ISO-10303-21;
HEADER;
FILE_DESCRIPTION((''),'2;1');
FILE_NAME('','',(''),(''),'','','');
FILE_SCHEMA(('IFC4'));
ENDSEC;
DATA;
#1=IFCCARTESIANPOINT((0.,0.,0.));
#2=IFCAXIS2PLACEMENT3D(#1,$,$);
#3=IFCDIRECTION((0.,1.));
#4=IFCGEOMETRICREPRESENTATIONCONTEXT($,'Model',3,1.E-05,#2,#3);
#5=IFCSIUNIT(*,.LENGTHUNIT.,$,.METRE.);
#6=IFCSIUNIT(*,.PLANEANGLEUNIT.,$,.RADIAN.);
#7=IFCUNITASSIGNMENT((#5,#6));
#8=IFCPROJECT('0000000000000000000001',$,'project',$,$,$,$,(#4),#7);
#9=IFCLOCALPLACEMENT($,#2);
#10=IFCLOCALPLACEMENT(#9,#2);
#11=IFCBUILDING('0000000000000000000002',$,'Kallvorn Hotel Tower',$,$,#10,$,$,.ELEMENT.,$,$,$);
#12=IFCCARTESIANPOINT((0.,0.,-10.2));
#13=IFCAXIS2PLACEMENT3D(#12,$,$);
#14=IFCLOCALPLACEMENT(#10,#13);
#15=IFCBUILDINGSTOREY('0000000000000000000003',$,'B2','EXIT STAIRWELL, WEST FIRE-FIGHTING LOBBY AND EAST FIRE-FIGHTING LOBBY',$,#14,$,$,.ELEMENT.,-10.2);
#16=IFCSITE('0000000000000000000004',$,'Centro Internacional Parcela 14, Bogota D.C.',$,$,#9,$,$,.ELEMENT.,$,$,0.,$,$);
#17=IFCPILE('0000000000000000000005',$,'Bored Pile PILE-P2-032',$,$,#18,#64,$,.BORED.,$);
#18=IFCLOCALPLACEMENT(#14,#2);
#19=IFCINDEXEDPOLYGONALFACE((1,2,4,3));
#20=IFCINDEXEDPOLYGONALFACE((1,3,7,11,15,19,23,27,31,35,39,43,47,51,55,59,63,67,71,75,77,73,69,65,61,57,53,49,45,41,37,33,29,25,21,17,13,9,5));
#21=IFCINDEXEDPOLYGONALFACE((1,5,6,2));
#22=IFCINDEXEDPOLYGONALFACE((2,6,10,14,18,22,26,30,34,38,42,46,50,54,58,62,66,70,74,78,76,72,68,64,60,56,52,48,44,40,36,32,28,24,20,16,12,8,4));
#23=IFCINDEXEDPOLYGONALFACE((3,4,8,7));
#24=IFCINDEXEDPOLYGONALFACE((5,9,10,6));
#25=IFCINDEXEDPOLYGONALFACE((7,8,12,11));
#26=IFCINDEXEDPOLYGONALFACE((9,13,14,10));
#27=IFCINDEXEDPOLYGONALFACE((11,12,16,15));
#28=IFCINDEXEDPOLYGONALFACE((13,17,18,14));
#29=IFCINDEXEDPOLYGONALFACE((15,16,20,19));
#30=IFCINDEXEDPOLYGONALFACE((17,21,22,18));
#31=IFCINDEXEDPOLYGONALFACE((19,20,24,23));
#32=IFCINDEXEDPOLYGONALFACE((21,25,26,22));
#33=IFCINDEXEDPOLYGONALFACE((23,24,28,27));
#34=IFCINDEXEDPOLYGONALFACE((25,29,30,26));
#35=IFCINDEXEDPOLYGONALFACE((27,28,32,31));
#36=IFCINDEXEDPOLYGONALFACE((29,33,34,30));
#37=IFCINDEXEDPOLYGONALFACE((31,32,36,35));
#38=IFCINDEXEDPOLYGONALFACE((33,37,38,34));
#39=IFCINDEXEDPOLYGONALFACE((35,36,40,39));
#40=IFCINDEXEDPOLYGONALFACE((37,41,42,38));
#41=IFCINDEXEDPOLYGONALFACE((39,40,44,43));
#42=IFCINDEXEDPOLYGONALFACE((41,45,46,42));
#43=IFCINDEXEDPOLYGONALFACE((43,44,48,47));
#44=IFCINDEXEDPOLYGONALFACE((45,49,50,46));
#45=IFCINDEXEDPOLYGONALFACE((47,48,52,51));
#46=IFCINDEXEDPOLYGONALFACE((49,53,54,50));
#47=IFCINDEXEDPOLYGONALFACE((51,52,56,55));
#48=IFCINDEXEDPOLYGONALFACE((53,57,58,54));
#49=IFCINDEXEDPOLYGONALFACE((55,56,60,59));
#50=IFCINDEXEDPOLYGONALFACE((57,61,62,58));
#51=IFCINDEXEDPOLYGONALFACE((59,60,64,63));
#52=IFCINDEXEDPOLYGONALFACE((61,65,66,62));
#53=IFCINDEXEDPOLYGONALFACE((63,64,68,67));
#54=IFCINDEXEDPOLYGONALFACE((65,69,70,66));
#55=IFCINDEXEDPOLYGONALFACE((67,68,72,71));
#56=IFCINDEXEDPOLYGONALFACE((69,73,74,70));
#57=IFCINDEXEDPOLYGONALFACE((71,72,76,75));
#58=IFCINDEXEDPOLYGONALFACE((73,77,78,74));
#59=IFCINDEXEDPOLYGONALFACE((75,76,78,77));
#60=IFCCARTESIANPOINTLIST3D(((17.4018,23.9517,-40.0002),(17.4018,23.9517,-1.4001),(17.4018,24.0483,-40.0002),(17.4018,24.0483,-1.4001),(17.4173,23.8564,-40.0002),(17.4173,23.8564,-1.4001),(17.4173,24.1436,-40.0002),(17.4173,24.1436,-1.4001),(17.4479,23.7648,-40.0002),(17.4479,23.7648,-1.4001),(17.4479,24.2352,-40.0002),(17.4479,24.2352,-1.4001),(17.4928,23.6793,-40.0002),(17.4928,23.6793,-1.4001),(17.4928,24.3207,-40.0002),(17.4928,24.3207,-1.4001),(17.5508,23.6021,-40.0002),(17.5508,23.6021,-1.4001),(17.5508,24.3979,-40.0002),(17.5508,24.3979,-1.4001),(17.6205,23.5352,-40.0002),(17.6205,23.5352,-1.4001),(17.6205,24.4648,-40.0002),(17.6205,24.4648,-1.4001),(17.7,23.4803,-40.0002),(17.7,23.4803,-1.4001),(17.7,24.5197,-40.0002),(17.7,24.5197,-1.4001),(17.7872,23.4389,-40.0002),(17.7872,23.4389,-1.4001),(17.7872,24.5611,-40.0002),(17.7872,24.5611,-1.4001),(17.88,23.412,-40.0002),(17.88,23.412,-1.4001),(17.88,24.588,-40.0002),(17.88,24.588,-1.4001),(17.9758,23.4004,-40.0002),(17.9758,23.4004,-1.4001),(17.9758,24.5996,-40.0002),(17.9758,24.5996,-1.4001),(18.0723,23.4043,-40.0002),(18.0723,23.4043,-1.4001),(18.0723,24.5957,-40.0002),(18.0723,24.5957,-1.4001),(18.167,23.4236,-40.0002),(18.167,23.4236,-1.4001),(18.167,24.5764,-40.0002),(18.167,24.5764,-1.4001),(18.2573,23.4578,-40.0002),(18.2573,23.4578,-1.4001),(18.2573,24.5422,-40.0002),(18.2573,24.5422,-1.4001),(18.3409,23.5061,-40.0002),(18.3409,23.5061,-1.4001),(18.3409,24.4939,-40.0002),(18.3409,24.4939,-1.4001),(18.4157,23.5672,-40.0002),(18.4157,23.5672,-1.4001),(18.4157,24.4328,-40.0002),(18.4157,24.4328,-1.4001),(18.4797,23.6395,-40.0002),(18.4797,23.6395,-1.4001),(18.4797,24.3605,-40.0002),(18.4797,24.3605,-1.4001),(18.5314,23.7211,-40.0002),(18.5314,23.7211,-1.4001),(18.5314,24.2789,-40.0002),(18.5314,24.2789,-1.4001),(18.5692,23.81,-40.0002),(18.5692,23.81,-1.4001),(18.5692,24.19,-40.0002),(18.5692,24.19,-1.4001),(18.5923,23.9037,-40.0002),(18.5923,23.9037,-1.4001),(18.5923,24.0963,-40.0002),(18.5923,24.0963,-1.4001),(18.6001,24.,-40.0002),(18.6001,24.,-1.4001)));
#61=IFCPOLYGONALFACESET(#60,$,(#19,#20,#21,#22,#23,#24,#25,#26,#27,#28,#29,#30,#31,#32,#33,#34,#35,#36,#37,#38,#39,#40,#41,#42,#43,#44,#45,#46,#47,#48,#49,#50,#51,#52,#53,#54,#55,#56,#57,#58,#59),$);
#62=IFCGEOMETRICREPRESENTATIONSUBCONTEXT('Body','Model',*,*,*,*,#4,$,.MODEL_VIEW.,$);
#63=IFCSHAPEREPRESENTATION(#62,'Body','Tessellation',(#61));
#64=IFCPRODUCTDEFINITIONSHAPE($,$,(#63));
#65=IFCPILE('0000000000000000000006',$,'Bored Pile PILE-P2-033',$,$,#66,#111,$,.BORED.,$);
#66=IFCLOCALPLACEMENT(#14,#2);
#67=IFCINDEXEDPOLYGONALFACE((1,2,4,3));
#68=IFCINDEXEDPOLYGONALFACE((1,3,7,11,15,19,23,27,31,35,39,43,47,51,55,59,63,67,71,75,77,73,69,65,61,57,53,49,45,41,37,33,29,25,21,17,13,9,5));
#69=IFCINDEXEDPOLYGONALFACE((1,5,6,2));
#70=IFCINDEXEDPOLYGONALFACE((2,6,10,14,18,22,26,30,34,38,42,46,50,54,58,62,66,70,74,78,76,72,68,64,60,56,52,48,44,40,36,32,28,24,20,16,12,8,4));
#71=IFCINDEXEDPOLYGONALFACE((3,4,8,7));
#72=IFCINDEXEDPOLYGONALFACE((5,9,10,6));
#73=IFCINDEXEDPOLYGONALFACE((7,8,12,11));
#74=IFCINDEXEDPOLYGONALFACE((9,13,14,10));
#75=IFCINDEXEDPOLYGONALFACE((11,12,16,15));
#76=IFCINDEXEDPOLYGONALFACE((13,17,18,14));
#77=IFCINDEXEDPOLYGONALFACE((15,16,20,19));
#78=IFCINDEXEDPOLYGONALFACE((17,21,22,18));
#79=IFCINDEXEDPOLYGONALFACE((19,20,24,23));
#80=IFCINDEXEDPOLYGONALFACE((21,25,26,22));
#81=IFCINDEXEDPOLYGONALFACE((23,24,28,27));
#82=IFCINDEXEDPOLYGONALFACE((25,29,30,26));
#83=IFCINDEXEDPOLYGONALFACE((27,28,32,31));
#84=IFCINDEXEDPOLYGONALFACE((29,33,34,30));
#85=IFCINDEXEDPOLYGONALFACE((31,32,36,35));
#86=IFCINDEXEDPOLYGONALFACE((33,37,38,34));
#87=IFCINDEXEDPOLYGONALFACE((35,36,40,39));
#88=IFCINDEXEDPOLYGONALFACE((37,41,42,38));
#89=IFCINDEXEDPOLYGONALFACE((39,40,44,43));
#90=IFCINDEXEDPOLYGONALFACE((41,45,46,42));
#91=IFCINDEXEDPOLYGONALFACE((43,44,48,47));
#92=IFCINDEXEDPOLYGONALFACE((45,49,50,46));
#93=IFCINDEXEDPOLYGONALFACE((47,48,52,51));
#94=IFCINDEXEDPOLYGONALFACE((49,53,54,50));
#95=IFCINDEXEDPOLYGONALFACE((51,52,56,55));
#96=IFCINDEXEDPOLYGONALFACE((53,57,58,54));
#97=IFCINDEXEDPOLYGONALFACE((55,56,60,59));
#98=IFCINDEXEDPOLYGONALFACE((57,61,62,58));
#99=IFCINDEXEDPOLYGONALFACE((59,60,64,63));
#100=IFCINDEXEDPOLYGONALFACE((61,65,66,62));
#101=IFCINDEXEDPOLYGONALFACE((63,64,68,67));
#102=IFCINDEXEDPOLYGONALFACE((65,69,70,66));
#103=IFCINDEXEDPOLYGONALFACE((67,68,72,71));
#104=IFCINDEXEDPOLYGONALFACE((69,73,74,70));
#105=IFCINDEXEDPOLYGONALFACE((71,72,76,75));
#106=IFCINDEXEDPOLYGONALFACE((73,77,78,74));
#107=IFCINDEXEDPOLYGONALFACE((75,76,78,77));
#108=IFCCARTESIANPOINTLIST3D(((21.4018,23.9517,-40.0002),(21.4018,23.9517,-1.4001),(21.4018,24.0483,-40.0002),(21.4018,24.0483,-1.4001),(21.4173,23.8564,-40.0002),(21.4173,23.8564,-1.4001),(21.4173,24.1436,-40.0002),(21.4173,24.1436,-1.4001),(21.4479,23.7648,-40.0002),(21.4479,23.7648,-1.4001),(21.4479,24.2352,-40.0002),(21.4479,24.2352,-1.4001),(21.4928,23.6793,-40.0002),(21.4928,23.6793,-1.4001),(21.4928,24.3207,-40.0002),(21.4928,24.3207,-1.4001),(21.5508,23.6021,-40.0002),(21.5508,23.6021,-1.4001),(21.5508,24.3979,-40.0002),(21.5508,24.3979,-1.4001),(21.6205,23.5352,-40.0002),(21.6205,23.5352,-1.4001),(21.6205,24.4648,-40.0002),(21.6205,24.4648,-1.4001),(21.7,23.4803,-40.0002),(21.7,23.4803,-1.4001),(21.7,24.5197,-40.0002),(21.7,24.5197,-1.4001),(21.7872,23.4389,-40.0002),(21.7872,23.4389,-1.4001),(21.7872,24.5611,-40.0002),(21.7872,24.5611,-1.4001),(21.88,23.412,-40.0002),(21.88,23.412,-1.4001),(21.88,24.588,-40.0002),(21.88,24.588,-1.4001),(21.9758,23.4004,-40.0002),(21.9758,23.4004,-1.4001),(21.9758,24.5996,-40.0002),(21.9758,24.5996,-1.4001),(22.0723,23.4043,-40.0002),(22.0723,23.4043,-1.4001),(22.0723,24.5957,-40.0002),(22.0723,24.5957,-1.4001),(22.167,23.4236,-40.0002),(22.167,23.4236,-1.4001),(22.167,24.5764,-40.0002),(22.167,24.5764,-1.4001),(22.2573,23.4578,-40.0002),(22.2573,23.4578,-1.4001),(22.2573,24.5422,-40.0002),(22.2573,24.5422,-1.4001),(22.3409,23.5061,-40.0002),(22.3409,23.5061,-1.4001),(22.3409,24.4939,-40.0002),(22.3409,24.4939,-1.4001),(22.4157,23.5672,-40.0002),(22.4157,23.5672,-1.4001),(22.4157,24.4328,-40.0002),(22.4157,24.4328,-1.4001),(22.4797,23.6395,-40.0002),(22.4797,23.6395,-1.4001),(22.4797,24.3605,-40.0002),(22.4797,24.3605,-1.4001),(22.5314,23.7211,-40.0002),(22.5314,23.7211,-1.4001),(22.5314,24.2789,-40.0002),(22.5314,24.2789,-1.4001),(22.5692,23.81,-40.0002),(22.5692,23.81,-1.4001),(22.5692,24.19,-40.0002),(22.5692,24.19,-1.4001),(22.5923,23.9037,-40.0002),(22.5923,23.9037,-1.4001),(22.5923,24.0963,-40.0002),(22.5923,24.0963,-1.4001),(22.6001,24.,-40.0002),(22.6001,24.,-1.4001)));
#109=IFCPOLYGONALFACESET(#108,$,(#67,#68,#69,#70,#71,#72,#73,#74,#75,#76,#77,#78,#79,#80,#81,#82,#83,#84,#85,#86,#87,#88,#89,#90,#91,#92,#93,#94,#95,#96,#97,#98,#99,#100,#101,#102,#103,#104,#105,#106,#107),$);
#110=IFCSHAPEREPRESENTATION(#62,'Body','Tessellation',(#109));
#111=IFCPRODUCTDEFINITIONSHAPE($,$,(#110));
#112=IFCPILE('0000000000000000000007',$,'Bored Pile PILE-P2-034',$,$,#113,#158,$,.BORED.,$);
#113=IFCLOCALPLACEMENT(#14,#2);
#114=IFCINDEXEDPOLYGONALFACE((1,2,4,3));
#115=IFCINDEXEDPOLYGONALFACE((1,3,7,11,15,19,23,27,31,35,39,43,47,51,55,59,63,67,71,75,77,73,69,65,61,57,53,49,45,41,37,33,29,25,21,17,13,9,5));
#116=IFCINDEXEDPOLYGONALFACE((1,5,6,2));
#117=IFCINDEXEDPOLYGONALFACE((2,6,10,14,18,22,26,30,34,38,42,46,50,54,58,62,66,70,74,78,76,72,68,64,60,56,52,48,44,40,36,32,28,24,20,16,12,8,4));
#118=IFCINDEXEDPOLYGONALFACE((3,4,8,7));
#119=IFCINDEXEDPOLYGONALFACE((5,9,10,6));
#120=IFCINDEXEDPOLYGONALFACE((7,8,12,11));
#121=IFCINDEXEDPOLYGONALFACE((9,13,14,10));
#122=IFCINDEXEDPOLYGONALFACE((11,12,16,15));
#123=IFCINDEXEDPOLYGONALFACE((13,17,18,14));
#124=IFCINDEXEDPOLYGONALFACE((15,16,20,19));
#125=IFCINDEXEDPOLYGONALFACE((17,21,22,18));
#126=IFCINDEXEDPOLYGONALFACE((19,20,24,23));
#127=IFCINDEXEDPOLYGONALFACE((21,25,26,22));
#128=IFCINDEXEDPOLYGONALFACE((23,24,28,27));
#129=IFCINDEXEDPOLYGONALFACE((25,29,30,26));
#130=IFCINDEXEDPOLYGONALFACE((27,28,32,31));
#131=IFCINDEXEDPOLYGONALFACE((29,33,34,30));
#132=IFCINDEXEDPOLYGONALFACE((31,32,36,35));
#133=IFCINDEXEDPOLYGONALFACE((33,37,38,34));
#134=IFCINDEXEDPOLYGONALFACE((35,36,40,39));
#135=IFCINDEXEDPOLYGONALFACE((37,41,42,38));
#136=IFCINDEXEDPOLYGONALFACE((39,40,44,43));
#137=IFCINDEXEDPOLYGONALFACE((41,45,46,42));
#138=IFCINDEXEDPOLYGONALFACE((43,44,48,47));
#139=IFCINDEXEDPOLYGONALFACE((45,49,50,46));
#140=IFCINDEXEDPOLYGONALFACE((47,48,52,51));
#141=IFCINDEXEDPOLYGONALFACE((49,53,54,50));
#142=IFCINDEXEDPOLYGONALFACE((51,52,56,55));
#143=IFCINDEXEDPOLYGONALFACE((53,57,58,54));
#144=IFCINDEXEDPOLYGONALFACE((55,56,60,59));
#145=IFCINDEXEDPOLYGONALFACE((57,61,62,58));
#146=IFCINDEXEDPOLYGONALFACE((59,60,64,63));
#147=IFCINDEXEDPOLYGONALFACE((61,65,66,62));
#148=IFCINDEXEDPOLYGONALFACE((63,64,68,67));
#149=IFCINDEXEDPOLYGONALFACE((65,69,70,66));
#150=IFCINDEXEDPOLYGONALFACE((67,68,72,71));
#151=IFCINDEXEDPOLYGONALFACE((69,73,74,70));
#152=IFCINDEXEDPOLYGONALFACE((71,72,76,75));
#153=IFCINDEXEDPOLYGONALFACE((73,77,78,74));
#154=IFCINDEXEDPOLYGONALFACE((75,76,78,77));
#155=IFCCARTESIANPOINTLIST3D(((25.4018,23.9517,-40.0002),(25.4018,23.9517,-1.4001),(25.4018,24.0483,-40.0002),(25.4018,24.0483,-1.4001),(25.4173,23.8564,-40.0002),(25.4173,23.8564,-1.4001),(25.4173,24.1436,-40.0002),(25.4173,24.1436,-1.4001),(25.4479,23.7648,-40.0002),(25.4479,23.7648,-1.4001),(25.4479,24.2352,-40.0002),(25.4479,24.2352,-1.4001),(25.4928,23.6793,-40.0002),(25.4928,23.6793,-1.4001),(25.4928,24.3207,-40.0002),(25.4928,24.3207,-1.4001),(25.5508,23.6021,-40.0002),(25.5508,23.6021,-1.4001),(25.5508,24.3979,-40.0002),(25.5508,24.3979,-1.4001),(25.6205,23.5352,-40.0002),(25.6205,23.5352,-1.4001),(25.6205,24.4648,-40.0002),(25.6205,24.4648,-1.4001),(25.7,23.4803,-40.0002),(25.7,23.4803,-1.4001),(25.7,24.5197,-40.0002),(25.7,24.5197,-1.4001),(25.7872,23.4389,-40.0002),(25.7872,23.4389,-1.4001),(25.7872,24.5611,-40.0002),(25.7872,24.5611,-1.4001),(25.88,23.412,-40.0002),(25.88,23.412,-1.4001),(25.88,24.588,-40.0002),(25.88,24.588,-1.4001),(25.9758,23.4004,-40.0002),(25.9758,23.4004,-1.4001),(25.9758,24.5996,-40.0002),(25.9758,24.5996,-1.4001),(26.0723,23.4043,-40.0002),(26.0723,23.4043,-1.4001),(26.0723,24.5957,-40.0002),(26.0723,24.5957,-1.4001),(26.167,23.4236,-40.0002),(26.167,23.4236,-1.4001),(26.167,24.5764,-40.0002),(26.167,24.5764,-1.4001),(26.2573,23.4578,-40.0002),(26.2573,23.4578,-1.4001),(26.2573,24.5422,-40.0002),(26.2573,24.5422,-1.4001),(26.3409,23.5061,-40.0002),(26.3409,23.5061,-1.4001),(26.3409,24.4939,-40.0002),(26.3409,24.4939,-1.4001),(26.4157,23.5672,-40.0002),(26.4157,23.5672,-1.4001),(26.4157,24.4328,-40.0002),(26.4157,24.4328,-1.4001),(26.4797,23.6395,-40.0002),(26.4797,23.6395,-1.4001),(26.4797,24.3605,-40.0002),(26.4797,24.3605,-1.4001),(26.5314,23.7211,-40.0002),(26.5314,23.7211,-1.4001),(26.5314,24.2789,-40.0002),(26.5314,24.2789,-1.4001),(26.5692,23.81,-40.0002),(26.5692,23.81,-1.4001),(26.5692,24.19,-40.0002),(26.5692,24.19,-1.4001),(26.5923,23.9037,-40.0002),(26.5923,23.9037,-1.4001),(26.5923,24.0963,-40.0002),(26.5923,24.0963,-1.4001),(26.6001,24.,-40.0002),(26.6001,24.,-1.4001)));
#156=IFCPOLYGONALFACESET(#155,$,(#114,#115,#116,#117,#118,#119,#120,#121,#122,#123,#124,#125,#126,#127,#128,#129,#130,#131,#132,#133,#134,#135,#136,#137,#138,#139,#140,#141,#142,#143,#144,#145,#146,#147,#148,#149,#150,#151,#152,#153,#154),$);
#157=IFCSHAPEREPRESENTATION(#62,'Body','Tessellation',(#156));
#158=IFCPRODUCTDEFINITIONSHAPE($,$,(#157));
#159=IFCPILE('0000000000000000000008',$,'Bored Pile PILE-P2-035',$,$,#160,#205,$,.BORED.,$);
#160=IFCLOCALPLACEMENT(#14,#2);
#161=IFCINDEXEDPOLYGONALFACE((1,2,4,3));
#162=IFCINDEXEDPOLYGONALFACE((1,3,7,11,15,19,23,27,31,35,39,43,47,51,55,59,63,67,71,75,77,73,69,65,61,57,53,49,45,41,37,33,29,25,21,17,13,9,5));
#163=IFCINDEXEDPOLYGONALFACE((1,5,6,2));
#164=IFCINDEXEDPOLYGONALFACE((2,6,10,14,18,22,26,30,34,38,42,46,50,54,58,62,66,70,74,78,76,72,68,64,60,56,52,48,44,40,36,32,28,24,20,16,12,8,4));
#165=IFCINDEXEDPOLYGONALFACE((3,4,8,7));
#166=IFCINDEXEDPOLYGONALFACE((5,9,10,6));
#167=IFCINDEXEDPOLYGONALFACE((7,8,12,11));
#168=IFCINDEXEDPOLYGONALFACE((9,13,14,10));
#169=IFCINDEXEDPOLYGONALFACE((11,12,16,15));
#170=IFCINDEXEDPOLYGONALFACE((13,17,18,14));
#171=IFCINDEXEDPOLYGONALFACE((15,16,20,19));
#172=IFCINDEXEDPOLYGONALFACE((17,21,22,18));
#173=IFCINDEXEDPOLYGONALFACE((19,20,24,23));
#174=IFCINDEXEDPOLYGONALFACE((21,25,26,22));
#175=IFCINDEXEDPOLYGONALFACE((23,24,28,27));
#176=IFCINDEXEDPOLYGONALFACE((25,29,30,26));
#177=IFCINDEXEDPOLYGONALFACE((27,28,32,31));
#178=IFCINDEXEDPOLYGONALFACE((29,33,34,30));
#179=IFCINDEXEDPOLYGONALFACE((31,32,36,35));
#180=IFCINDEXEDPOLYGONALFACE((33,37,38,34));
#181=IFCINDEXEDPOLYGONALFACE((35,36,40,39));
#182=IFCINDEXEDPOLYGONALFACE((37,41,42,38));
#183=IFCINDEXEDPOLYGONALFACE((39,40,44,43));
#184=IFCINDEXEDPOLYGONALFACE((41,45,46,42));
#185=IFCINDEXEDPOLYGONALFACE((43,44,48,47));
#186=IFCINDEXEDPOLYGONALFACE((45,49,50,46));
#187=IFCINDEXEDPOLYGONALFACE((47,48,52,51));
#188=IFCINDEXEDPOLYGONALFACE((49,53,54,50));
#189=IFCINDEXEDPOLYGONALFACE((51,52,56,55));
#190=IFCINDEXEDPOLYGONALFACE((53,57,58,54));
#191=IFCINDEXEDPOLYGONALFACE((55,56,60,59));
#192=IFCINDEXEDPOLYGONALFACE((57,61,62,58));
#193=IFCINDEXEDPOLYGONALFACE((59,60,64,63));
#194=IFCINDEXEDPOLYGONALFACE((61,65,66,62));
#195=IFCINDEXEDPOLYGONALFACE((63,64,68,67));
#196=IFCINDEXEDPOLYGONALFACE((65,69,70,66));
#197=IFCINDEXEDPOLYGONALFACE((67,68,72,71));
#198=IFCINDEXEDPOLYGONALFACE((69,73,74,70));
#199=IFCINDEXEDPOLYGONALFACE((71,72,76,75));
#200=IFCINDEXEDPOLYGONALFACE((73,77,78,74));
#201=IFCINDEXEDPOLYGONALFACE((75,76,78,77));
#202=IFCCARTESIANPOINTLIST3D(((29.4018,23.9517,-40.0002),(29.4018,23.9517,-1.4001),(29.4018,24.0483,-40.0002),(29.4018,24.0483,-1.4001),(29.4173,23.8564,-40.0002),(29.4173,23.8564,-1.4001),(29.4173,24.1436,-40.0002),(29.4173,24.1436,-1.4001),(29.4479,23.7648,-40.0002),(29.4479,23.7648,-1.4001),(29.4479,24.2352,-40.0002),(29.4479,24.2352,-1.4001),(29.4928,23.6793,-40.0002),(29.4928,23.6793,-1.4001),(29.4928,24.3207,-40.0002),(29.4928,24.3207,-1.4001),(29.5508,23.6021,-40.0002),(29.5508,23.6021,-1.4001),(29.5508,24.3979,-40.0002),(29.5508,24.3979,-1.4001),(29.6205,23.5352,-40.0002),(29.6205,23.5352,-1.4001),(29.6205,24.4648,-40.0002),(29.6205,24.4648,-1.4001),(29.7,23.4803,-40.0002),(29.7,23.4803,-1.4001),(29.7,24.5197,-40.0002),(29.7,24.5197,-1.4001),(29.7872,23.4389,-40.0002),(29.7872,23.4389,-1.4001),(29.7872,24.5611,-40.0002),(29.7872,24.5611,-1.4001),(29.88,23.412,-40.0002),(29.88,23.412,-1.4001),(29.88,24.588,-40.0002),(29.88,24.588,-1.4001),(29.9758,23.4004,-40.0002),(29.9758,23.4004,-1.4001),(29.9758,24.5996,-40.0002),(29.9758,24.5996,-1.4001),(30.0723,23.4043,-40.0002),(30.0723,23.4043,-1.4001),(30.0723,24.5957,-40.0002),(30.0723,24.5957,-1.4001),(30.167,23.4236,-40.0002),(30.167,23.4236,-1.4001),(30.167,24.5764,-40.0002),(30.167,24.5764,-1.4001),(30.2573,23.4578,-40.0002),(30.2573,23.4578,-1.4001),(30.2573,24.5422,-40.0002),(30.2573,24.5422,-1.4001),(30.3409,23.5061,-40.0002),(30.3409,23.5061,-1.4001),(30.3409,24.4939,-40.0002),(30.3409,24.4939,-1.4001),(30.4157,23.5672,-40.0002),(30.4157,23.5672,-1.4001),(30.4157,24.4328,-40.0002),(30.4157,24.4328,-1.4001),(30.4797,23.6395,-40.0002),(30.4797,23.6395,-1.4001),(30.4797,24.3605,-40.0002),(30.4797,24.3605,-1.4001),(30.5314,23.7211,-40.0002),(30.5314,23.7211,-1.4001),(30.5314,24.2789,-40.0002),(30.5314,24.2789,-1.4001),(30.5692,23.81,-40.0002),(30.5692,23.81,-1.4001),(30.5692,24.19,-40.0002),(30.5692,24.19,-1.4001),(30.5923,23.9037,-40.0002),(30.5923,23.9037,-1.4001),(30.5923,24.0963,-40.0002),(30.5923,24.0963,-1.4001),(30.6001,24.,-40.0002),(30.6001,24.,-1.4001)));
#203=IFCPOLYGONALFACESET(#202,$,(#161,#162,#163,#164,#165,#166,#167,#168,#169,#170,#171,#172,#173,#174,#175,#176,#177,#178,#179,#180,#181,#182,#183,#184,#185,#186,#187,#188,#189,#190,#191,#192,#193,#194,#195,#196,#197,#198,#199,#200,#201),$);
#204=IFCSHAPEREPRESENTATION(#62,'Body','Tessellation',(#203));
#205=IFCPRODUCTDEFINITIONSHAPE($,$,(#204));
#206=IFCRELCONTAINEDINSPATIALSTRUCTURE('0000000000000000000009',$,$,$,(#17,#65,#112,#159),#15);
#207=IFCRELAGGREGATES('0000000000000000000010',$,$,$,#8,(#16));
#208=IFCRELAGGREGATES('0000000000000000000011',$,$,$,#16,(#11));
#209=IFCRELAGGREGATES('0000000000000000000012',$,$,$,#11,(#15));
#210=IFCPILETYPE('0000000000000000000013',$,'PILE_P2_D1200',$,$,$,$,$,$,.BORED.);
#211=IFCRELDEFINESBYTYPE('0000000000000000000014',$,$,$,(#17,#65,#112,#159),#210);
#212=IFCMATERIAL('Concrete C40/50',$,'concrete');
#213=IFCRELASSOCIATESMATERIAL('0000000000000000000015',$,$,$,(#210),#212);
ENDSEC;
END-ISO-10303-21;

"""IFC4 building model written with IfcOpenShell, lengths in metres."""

from ifc_helpers import new_model, si_unit, direction, frame, origin, origin_2d, place, context, subcontext, project, spatial, circle, extrude, material, material_profile, profile_set, type_object, element, save


model = new_model("IFC4")

# Units and contexts
model_context = context("Model", 3, precision=1e-05, world=origin(), true_north=direction((0.0, 1.0)))
body_context = subcontext(model_context, "Body", "Model", "MODEL_VIEW")
ifc_project = project(units=[si_unit("LENGTHUNIT", "METRE"), si_unit("PLANEANGLEUNIT", "RADIAN")], contexts=[model_context])

# Site, building, storey
site_placement = place(None, origin())
site = spatial("IfcSite", under=ifc_project, at=site_placement, Name="Centro Internacional Parcela 14, Bogota D.C.", CompositionType="ELEMENT", RefElevation=0.0)
building_placement = place(site_placement, origin())
building = spatial("IfcBuilding", under=site, at=building_placement, Name="Kallvorn Hotel Tower", CompositionType="ELEMENT")
storey_placement = place(building_placement, frame((0.0, 0.0, -10.2)))
storey = spatial("IfcBuildingStorey", under=building, at=storey_placement, Name="B2", Description="EXIT STAIRWELL, WEST FIRE-FIGHTING LOBBY AND EAST FIRE-FIGHTING LOBBY", CompositionType="ELEMENT", Elevation=-10.2)

# Piles
ifc_material_1 = material(Name="Concrete C40/50", Category="concrete")
ifc_material_profile_1 = material_profile(ifc_material_1, circle(Radius=0.6001, at=origin_2d()), Name="PILE D1200")
ifc_profile_set_1 = profile_set([ifc_material_profile_1], Name="Concrete C40/50")
pile_type_1 = type_object("IfcPileType", Name="PILE_P2_D1200", PredefinedType="BORED", material=ifc_profile_set_1)
for number, where, z_axis, x_axis, name in (
    (1, (18.0, 24.0, -1.4001), (0.0, 0.0, -1.0), (1.0, 0.0, 0.0), "Bored Pile PILE-P2-032"),
    (2, (22.0, 24.0, -1.4001), (0.0, 0.0, -1.0), (1.0, 0.0, 0.0), "Bored Pile PILE-P2-033"),
    (3, (26.0, 24.0, -1.4001), (0.0, 0.0, -1.0), (1.0, 0.0, 0.0), "Bored Pile PILE-P2-034"),
    (4, (30.0, 24.0, -1.4001), (0.0, 0.0, -1.0), (1.0, 0.0, 0.0), "Bored Pile PILE-P2-035"),
):
    element("IfcPile", number, at=place(storey_placement, frame(where, z_axis=z_axis, x_axis=x_axis)), inside=storey, type_object=pile_type_1, Name=name, PredefinedType="BORED", context=body_context, shape_type="SweptSolid", body=[
        extrude(circle(Radius=0.6001, at=origin_2d()), origin(), (0.0, 0.0, 1.0), 38.6001),
    ])

save(model, "model.ifc")
